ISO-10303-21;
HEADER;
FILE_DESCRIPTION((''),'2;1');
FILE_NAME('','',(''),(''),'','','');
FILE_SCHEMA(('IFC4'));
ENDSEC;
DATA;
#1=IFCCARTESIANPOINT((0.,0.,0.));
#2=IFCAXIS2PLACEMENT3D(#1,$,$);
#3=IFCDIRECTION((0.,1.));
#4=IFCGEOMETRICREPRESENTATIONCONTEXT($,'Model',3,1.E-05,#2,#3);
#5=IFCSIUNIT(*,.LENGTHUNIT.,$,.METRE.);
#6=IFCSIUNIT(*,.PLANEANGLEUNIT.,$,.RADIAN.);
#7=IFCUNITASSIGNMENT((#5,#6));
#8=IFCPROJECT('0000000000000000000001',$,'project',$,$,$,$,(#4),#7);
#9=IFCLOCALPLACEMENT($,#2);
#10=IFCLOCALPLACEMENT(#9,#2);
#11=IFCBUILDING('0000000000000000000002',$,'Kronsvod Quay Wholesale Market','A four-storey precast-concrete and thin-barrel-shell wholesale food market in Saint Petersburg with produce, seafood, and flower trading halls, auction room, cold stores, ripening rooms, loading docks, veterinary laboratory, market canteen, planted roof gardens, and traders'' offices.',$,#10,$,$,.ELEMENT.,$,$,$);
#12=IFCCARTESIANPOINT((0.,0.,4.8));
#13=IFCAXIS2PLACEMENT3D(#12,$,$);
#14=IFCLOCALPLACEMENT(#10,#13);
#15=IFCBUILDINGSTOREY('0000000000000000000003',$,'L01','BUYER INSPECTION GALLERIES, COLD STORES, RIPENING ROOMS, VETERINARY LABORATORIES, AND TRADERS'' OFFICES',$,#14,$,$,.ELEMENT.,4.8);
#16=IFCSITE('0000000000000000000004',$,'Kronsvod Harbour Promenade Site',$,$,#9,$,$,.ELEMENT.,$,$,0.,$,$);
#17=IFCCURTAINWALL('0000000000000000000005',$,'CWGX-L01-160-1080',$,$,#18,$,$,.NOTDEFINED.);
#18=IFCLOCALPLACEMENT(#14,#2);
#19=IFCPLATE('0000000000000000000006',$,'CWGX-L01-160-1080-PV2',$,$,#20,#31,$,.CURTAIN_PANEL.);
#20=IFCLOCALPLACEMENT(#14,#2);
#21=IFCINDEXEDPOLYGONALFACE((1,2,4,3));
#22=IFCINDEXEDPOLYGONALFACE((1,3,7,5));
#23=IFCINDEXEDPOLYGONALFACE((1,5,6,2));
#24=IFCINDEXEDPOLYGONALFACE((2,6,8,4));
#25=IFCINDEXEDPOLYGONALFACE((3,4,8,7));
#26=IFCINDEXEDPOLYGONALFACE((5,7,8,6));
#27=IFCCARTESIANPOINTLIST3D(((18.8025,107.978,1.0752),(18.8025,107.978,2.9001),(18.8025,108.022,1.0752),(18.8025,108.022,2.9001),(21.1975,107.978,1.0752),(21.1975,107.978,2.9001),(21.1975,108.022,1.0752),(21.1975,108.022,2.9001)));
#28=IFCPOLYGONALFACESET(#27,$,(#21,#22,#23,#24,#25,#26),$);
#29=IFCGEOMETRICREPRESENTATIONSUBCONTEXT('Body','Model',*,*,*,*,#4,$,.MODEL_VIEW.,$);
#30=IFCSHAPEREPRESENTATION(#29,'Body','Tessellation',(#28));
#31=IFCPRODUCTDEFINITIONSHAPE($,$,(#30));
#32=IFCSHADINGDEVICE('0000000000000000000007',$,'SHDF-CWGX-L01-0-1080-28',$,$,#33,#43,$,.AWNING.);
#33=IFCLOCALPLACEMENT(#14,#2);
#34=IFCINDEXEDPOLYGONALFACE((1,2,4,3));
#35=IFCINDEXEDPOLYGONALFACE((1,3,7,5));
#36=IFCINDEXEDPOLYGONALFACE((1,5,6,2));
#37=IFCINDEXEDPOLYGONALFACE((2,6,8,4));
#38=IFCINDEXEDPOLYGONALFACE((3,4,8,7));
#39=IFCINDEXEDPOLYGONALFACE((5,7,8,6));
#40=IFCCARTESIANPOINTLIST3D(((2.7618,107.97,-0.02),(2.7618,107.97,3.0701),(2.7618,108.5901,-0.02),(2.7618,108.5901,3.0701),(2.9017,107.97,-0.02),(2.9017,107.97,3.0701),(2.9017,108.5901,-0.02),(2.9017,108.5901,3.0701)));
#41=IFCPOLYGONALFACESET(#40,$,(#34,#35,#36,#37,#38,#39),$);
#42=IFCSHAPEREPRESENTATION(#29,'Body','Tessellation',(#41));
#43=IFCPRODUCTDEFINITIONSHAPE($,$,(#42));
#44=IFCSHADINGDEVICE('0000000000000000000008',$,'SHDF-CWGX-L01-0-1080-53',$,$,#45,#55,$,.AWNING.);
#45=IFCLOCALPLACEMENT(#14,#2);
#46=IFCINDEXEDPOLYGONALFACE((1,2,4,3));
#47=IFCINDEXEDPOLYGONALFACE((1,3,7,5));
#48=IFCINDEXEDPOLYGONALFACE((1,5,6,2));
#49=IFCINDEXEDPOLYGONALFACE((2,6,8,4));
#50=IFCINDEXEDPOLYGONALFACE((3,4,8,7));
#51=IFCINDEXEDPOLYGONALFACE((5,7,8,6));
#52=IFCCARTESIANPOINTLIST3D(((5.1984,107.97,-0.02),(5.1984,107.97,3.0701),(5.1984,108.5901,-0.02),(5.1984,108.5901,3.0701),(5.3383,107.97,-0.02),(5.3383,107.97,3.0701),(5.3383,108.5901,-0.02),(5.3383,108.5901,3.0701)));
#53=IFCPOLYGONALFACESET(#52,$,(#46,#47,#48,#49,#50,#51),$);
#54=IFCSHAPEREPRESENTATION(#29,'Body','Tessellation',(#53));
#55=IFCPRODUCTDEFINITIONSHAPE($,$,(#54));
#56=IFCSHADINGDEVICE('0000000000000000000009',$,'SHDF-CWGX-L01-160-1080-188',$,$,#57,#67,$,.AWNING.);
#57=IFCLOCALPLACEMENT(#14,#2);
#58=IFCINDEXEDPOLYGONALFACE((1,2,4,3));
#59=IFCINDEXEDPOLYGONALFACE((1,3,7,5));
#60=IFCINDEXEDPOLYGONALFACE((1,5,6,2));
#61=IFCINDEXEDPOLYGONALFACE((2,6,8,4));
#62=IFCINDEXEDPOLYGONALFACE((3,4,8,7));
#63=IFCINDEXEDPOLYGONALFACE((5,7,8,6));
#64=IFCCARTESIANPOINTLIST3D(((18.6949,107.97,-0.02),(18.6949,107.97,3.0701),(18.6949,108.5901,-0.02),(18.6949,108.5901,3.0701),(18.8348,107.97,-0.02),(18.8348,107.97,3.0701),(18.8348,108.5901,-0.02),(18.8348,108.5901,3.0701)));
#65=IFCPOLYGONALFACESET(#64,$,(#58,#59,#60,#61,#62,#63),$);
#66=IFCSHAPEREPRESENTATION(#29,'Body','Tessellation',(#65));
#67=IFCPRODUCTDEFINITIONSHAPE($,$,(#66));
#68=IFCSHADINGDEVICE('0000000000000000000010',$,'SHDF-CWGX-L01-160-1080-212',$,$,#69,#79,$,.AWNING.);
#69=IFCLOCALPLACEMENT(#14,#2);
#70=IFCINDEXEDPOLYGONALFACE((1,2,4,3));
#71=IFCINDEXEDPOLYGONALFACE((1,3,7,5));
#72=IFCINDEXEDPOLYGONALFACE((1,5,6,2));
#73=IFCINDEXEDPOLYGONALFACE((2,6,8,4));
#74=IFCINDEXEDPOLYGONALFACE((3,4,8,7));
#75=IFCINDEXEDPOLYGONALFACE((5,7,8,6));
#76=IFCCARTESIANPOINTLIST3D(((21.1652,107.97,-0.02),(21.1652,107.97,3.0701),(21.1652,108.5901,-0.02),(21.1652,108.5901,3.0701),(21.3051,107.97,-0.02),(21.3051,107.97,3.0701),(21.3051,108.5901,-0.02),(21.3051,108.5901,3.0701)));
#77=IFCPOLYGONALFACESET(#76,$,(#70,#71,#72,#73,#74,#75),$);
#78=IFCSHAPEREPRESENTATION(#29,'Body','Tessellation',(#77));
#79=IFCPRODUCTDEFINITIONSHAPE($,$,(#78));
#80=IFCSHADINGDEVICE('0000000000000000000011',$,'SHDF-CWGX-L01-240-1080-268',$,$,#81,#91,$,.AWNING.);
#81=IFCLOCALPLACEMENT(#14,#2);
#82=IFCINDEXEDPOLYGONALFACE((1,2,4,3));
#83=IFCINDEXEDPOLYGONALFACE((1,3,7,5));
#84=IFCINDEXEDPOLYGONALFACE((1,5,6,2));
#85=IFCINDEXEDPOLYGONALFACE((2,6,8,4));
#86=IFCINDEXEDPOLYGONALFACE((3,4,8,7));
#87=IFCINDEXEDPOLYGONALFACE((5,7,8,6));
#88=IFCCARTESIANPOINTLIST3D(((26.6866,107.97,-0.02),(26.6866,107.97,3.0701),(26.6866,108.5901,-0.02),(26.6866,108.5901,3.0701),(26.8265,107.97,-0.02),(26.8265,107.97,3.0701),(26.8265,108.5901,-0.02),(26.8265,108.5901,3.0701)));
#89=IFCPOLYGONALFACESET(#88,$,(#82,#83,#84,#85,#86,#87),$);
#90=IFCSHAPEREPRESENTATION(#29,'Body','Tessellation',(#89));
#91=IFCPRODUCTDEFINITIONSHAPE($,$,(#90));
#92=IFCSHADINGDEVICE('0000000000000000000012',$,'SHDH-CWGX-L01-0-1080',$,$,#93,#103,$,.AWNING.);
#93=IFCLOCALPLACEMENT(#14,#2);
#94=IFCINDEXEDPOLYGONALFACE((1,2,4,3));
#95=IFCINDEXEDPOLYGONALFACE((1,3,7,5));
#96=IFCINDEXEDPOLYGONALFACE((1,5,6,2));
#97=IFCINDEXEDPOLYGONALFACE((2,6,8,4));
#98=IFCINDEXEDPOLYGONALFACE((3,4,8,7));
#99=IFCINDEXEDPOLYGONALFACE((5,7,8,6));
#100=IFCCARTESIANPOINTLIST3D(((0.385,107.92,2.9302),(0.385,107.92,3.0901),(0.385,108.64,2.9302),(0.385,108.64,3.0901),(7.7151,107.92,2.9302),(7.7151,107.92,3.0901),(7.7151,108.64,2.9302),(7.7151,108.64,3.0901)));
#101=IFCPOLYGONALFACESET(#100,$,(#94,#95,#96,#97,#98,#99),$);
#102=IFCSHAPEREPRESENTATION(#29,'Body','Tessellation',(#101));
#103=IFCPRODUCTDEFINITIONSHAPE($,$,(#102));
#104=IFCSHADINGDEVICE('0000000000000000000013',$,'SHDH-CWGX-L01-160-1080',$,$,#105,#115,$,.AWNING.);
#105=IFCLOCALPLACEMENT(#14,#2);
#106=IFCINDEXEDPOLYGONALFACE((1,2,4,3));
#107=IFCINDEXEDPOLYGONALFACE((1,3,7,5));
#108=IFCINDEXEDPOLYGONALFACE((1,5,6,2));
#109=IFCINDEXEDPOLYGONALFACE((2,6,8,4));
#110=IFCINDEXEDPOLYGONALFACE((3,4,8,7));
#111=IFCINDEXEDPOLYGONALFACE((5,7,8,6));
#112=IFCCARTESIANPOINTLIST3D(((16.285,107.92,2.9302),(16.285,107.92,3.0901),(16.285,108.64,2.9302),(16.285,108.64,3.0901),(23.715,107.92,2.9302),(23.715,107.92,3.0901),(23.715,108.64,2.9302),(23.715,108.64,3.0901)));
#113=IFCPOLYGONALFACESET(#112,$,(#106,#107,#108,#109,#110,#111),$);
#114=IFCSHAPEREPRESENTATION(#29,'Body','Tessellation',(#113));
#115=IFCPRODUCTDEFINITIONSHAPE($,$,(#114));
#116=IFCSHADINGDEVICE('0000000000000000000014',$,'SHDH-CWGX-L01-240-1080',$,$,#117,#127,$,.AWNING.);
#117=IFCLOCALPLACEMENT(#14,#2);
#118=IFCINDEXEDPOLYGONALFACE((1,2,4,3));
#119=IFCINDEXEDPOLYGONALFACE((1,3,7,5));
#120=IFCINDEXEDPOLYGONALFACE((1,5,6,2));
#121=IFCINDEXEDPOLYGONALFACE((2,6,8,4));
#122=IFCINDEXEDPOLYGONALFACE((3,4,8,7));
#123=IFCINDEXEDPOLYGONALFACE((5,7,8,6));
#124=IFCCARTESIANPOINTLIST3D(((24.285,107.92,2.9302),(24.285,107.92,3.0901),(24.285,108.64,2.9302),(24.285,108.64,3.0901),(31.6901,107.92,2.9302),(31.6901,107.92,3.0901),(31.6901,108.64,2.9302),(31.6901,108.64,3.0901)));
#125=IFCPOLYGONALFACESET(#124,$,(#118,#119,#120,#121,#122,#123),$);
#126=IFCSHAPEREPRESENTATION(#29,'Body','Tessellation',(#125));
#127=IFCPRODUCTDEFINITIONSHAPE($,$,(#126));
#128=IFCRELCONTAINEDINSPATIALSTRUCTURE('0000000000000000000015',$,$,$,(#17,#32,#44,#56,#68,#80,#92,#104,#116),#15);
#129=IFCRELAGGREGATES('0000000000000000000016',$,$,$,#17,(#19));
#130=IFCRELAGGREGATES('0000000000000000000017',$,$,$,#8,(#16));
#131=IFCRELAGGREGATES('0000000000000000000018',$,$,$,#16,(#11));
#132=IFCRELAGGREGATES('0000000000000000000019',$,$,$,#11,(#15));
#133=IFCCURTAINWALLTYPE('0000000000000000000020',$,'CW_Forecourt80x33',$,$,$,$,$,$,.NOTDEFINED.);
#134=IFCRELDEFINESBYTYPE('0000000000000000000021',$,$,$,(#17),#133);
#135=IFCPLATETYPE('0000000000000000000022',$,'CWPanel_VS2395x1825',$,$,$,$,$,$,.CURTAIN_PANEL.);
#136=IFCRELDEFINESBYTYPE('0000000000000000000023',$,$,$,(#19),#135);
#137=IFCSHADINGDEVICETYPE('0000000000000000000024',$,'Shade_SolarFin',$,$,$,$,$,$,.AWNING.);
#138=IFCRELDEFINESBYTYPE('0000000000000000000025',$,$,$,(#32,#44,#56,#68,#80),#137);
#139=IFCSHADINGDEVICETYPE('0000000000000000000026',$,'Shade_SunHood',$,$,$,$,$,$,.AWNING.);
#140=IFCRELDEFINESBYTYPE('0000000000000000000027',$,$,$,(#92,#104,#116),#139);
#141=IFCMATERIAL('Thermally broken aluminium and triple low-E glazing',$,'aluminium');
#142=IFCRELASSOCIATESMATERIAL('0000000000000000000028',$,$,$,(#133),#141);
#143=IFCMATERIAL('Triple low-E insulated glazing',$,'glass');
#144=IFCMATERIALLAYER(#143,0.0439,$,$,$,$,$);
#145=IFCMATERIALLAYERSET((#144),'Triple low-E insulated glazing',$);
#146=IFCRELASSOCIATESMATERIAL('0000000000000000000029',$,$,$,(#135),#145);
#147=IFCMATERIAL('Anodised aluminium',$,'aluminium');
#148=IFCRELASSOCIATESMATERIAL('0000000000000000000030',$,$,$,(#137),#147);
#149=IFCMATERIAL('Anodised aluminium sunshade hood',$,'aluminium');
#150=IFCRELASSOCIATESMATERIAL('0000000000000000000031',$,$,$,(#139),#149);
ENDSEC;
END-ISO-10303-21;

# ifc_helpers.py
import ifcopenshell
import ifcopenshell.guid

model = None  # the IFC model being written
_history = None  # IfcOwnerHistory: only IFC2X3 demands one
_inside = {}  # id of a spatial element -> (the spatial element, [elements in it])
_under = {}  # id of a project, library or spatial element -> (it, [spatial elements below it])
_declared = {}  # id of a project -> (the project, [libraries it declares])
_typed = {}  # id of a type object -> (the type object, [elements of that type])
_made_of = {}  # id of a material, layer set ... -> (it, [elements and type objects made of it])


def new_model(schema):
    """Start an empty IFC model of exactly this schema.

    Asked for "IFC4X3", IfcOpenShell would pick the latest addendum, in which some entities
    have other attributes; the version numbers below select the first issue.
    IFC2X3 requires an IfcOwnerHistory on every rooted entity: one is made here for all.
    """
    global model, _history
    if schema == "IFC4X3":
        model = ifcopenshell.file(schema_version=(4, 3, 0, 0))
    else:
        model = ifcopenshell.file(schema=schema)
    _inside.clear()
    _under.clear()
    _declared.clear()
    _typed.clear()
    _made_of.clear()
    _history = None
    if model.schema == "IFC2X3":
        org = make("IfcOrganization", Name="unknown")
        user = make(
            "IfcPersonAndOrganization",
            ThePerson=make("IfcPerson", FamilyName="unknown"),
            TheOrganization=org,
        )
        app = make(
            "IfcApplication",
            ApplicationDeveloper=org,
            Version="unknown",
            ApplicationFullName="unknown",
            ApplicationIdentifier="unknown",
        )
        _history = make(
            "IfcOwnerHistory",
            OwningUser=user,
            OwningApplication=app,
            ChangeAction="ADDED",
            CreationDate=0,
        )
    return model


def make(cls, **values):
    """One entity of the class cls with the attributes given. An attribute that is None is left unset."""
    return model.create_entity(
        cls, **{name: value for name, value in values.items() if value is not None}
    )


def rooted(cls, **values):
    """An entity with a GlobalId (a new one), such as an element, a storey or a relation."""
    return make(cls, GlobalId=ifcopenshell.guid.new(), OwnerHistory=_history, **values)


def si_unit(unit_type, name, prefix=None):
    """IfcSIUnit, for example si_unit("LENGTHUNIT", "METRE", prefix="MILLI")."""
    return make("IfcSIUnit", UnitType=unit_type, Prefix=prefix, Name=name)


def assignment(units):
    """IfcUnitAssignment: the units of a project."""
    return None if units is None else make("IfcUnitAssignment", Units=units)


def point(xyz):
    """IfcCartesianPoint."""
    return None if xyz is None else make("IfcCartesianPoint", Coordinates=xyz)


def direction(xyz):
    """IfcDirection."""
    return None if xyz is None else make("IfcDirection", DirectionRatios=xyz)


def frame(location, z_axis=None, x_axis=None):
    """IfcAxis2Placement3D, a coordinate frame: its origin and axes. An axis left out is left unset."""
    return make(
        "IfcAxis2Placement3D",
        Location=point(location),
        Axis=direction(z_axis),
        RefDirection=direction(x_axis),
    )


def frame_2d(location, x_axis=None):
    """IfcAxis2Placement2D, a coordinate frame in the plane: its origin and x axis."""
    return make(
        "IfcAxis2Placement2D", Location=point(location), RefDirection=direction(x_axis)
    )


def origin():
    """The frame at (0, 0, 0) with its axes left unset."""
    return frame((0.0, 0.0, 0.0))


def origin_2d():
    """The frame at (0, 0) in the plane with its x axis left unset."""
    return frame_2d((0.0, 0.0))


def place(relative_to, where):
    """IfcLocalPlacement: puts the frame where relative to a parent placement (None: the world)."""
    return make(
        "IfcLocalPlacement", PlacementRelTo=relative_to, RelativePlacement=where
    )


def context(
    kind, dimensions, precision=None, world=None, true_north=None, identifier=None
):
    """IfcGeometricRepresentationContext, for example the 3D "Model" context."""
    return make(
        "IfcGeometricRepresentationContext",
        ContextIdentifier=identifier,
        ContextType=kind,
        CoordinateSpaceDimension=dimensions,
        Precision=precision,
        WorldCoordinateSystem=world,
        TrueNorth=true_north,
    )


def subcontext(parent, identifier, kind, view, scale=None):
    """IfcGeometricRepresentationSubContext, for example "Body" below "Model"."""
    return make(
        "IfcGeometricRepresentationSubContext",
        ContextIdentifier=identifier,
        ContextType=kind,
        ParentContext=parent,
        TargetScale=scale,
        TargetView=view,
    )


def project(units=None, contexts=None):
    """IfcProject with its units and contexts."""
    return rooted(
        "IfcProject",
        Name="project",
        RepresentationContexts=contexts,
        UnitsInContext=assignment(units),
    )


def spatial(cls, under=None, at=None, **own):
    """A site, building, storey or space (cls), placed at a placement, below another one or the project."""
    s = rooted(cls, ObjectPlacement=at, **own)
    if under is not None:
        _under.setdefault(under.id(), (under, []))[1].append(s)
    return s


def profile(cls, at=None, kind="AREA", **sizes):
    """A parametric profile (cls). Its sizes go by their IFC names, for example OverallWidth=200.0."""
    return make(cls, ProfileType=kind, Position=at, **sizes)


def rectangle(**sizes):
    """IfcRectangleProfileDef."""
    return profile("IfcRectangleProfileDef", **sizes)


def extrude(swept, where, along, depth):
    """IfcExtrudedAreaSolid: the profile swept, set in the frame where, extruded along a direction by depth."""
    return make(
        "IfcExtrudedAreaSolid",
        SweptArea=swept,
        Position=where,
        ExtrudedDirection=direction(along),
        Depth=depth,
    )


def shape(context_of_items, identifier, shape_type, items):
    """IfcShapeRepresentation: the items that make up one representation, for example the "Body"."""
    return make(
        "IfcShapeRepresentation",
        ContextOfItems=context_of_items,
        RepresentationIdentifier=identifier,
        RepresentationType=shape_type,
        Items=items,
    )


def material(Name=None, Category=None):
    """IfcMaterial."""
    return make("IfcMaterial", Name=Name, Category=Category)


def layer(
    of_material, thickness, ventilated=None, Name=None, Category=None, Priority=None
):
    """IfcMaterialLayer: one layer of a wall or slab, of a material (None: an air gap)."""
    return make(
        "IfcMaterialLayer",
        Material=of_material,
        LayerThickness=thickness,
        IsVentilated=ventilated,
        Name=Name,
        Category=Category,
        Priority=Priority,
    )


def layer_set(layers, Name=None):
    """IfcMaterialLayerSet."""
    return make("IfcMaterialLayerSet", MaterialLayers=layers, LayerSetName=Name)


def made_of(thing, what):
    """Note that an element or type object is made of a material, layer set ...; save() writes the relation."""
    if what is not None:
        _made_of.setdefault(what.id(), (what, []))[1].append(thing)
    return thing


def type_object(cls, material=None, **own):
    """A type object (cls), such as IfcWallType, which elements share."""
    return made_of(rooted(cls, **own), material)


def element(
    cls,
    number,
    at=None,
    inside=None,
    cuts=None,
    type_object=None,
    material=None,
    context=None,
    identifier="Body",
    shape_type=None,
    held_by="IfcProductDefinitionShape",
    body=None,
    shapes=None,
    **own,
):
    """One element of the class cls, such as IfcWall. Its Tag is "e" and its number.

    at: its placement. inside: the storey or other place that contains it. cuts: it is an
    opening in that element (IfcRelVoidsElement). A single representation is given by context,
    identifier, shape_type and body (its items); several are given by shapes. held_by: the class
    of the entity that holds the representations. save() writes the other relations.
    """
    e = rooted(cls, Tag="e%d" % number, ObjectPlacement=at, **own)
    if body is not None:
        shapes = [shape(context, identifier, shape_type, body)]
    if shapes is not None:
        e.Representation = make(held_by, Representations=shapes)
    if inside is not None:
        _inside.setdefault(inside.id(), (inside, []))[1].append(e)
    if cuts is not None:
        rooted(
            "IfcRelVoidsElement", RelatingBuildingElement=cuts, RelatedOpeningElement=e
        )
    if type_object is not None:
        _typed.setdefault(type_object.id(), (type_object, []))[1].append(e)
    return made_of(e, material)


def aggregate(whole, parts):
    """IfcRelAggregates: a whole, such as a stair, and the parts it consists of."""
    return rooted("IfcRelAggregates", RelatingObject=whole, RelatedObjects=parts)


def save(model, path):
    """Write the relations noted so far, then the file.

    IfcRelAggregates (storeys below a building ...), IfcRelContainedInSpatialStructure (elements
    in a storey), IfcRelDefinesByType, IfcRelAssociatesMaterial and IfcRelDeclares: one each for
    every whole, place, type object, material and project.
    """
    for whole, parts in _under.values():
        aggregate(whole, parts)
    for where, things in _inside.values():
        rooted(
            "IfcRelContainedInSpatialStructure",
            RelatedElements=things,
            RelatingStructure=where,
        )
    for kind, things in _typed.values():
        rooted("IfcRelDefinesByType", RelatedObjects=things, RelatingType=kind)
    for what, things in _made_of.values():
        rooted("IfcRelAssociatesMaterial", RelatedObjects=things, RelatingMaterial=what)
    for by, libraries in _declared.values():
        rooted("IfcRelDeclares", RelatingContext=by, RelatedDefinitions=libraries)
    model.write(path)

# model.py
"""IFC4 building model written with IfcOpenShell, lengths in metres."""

from ifc_helpers import new_model, si_unit, direction, frame, origin, origin_2d, place, context, subcontext, project, spatial, rectangle, extrude, material, layer, layer_set, type_object, element, aggregate, save


model = new_model("IFC4")

# Units and contexts
model_context = context("Model", 3, precision=1e-05, world=origin(), true_north=direction((0.0, 1.0)))
body_context = subcontext(model_context, "Body", "Model", "MODEL_VIEW")
ifc_project = project(units=[si_unit("LENGTHUNIT", "METRE"), si_unit("PLANEANGLEUNIT", "RADIAN")], contexts=[model_context])

# Site, building, storey
site_placement = place(None, origin())
site = spatial("IfcSite", under=ifc_project, at=site_placement, Name="Kronsvod Harbour Promenade Site", CompositionType="ELEMENT", RefElevation=0.0)
building_placement = place(site_placement, origin())
building = spatial("IfcBuilding", under=site, at=building_placement, Name="Kronsvod Quay Wholesale Market", Description="A four-storey precast-concrete and thin-barrel-shell wholesale food market in Saint Petersburg with produce, seafood, and flower trading halls, auction room, cold stores, ripening rooms, loading docks, veterinary laboratory, market canteen, planted roof gardens, and traders' offices.", CompositionType="ELEMENT")
storey_placement = place(building_placement, frame((0.0, 0.0, 4.8)))
storey = spatial("IfcBuildingStorey", under=building, at=storey_placement, Name="L01", Description="BUYER INSPECTION GALLERIES, COLD STORES, RIPENING ROOMS, VETERINARY LABORATORIES, AND TRADERS' OFFICES", CompositionType="ELEMENT", Elevation=4.8)

# Curtain wall
ifc_material_1 = material(Name="Thermally broken aluminium and triple low-E glazing", Category="aluminium")
curtain_wall_type = type_object("IfcCurtainWallType", Name="CW_Forecourt80x33", PredefinedType="NOTDEFINED", material=ifc_material_1)
curtain_wall_1_placement = place(storey_placement, origin())
curtain_wall_1 = element("IfcCurtainWall", 1, at=curtain_wall_1_placement, inside=storey, type_object=curtain_wall_type, Name="CWGX-L01-160-1080", PredefinedType="NOTDEFINED")

# Plate
ifc_material_2 = material(Name="Triple low-E insulated glazing", Category="glass")
ifc_layer_1 = layer(ifc_material_2, 0.0439)
ifc_layer_set_1 = layer_set([ifc_layer_1], Name="Triple low-E insulated glazing")
plate_type_1 = type_object("IfcPlateType", Name="CWPanel_VS2395x1825", PredefinedType="CURTAIN_PANEL", material=ifc_layer_set_1)
plate_1_placement = place(storey_placement, frame((20.0, 108.0, 1.0752), z_axis=(0.0, 0.0, 1.0), x_axis=(-1.0, 0.0, 0.0)))
plate_1 = element("IfcPlate", 2, at=plate_1_placement, type_object=plate_type_1, Name="CWGX-L01-160-1080-PV2", PredefinedType="CURTAIN_PANEL", context=body_context, shape_type="SweptSolid", body=[
    extrude(rectangle(XDim=2.395, YDim=0.0439, at=origin_2d()), origin(), (0.0, 0.0, 1.0), 1.825),
])
aggregate(curtain_wall_1, [plate_1])

# Shading devices
ifc_material_3 = material(Name="Anodised aluminium", Category="aluminium")
shading_device_type_1 = type_object("IfcShadingDeviceType", Name="Shade_SolarFin", PredefinedType="AWNING", material=ifc_material_3)
for number, where, z_axis, x_axis, name in (
    (3, (2.8318, 108.28, -0.02), (0.0, 0.0, 1.0), (1.0, 0.0, 0.0), "SHDF-CWGX-L01-0-1080-28"),
    (4, (5.2683, 108.28, -0.02), (0.0, 0.0, 1.0), (1.0, 0.0, 0.0), "SHDF-CWGX-L01-0-1080-53"),
    (5, (18.7649, 108.28, -0.02), (0.0, 0.0, 1.0), (1.0, 0.0, 0.0), "SHDF-CWGX-L01-160-1080-188"),
    (6, (21.2351, 108.28, -0.02), (0.0, 0.0, 1.0), (1.0, 0.0, 0.0), "SHDF-CWGX-L01-160-1080-212"),
    (7, (26.7566, 108.28, -0.02), (0.0, 0.0, 1.0), (1.0, 0.0, 0.0), "SHDF-CWGX-L01-240-1080-268"),
):
    element("IfcShadingDevice", number, at=place(storey_placement, frame(where, z_axis=z_axis, x_axis=x_axis)), inside=storey, type_object=shading_device_type_1, Name=name, PredefinedType="AWNING", context=body_context, shape_type="SweptSolid", body=[
        extrude(rectangle(XDim=0.1399, YDim=0.6201, at=origin_2d()), origin(), (0.0, 0.0, 1.0), 3.0901),
    ])
ifc_material_4 = material(Name="Anodised aluminium sunshade hood", Category="aluminium")
shading_device_type_2 = type_object("IfcShadingDeviceType", Name="Shade_SunHood", PredefinedType="AWNING", material=ifc_material_4)
shading_device_1_placement = place(storey_placement, frame((4.05, 108.28, 2.9302), z_axis=(0.0, 0.0, 1.0), x_axis=(1.0, 0.0, 0.0)))
element("IfcShadingDevice", 8, at=shading_device_1_placement, inside=storey, type_object=shading_device_type_2, Name="SHDH-CWGX-L01-0-1080", PredefinedType="AWNING", context=body_context, shape_type="SweptSolid", body=[
    extrude(rectangle(XDim=7.3301, YDim=0.72, at=origin_2d()), origin(), (0.0, 0.0, 1.0), 0.1599),
])
shading_device_2_placement = place(storey_placement, frame((20.0, 108.28, 2.9302), z_axis=(0.0, 0.0, 1.0), x_axis=(1.0, 0.0, 0.0)))
element("IfcShadingDevice", 9, at=shading_device_2_placement, inside=storey, type_object=shading_device_type_2, Name="SHDH-CWGX-L01-160-1080", PredefinedType="AWNING", context=body_context, shape_type="SweptSolid", body=[
    extrude(rectangle(XDim=7.4299, YDim=0.72, at=origin_2d()), origin(), (0.0, 0.0, 1.0), 0.1599),
])
shading_device_3_placement = place(storey_placement, frame((27.9875, 108.28, 2.9302), z_axis=(0.0, 0.0, 1.0), x_axis=(1.0, 0.0, 0.0)))
element("IfcShadingDevice", 10, at=shading_device_3_placement, inside=storey, type_object=shading_device_type_2, Name="SHDH-CWGX-L01-240-1080", PredefinedType="AWNING", context=body_context, shape_type="SweptSolid", body=[
    extrude(rectangle(XDim=7.405, YDim=0.72, at=origin_2d()), origin(), (0.0, 0.0, 1.0), 0.1599),
])

save(model, "model.ifc")
